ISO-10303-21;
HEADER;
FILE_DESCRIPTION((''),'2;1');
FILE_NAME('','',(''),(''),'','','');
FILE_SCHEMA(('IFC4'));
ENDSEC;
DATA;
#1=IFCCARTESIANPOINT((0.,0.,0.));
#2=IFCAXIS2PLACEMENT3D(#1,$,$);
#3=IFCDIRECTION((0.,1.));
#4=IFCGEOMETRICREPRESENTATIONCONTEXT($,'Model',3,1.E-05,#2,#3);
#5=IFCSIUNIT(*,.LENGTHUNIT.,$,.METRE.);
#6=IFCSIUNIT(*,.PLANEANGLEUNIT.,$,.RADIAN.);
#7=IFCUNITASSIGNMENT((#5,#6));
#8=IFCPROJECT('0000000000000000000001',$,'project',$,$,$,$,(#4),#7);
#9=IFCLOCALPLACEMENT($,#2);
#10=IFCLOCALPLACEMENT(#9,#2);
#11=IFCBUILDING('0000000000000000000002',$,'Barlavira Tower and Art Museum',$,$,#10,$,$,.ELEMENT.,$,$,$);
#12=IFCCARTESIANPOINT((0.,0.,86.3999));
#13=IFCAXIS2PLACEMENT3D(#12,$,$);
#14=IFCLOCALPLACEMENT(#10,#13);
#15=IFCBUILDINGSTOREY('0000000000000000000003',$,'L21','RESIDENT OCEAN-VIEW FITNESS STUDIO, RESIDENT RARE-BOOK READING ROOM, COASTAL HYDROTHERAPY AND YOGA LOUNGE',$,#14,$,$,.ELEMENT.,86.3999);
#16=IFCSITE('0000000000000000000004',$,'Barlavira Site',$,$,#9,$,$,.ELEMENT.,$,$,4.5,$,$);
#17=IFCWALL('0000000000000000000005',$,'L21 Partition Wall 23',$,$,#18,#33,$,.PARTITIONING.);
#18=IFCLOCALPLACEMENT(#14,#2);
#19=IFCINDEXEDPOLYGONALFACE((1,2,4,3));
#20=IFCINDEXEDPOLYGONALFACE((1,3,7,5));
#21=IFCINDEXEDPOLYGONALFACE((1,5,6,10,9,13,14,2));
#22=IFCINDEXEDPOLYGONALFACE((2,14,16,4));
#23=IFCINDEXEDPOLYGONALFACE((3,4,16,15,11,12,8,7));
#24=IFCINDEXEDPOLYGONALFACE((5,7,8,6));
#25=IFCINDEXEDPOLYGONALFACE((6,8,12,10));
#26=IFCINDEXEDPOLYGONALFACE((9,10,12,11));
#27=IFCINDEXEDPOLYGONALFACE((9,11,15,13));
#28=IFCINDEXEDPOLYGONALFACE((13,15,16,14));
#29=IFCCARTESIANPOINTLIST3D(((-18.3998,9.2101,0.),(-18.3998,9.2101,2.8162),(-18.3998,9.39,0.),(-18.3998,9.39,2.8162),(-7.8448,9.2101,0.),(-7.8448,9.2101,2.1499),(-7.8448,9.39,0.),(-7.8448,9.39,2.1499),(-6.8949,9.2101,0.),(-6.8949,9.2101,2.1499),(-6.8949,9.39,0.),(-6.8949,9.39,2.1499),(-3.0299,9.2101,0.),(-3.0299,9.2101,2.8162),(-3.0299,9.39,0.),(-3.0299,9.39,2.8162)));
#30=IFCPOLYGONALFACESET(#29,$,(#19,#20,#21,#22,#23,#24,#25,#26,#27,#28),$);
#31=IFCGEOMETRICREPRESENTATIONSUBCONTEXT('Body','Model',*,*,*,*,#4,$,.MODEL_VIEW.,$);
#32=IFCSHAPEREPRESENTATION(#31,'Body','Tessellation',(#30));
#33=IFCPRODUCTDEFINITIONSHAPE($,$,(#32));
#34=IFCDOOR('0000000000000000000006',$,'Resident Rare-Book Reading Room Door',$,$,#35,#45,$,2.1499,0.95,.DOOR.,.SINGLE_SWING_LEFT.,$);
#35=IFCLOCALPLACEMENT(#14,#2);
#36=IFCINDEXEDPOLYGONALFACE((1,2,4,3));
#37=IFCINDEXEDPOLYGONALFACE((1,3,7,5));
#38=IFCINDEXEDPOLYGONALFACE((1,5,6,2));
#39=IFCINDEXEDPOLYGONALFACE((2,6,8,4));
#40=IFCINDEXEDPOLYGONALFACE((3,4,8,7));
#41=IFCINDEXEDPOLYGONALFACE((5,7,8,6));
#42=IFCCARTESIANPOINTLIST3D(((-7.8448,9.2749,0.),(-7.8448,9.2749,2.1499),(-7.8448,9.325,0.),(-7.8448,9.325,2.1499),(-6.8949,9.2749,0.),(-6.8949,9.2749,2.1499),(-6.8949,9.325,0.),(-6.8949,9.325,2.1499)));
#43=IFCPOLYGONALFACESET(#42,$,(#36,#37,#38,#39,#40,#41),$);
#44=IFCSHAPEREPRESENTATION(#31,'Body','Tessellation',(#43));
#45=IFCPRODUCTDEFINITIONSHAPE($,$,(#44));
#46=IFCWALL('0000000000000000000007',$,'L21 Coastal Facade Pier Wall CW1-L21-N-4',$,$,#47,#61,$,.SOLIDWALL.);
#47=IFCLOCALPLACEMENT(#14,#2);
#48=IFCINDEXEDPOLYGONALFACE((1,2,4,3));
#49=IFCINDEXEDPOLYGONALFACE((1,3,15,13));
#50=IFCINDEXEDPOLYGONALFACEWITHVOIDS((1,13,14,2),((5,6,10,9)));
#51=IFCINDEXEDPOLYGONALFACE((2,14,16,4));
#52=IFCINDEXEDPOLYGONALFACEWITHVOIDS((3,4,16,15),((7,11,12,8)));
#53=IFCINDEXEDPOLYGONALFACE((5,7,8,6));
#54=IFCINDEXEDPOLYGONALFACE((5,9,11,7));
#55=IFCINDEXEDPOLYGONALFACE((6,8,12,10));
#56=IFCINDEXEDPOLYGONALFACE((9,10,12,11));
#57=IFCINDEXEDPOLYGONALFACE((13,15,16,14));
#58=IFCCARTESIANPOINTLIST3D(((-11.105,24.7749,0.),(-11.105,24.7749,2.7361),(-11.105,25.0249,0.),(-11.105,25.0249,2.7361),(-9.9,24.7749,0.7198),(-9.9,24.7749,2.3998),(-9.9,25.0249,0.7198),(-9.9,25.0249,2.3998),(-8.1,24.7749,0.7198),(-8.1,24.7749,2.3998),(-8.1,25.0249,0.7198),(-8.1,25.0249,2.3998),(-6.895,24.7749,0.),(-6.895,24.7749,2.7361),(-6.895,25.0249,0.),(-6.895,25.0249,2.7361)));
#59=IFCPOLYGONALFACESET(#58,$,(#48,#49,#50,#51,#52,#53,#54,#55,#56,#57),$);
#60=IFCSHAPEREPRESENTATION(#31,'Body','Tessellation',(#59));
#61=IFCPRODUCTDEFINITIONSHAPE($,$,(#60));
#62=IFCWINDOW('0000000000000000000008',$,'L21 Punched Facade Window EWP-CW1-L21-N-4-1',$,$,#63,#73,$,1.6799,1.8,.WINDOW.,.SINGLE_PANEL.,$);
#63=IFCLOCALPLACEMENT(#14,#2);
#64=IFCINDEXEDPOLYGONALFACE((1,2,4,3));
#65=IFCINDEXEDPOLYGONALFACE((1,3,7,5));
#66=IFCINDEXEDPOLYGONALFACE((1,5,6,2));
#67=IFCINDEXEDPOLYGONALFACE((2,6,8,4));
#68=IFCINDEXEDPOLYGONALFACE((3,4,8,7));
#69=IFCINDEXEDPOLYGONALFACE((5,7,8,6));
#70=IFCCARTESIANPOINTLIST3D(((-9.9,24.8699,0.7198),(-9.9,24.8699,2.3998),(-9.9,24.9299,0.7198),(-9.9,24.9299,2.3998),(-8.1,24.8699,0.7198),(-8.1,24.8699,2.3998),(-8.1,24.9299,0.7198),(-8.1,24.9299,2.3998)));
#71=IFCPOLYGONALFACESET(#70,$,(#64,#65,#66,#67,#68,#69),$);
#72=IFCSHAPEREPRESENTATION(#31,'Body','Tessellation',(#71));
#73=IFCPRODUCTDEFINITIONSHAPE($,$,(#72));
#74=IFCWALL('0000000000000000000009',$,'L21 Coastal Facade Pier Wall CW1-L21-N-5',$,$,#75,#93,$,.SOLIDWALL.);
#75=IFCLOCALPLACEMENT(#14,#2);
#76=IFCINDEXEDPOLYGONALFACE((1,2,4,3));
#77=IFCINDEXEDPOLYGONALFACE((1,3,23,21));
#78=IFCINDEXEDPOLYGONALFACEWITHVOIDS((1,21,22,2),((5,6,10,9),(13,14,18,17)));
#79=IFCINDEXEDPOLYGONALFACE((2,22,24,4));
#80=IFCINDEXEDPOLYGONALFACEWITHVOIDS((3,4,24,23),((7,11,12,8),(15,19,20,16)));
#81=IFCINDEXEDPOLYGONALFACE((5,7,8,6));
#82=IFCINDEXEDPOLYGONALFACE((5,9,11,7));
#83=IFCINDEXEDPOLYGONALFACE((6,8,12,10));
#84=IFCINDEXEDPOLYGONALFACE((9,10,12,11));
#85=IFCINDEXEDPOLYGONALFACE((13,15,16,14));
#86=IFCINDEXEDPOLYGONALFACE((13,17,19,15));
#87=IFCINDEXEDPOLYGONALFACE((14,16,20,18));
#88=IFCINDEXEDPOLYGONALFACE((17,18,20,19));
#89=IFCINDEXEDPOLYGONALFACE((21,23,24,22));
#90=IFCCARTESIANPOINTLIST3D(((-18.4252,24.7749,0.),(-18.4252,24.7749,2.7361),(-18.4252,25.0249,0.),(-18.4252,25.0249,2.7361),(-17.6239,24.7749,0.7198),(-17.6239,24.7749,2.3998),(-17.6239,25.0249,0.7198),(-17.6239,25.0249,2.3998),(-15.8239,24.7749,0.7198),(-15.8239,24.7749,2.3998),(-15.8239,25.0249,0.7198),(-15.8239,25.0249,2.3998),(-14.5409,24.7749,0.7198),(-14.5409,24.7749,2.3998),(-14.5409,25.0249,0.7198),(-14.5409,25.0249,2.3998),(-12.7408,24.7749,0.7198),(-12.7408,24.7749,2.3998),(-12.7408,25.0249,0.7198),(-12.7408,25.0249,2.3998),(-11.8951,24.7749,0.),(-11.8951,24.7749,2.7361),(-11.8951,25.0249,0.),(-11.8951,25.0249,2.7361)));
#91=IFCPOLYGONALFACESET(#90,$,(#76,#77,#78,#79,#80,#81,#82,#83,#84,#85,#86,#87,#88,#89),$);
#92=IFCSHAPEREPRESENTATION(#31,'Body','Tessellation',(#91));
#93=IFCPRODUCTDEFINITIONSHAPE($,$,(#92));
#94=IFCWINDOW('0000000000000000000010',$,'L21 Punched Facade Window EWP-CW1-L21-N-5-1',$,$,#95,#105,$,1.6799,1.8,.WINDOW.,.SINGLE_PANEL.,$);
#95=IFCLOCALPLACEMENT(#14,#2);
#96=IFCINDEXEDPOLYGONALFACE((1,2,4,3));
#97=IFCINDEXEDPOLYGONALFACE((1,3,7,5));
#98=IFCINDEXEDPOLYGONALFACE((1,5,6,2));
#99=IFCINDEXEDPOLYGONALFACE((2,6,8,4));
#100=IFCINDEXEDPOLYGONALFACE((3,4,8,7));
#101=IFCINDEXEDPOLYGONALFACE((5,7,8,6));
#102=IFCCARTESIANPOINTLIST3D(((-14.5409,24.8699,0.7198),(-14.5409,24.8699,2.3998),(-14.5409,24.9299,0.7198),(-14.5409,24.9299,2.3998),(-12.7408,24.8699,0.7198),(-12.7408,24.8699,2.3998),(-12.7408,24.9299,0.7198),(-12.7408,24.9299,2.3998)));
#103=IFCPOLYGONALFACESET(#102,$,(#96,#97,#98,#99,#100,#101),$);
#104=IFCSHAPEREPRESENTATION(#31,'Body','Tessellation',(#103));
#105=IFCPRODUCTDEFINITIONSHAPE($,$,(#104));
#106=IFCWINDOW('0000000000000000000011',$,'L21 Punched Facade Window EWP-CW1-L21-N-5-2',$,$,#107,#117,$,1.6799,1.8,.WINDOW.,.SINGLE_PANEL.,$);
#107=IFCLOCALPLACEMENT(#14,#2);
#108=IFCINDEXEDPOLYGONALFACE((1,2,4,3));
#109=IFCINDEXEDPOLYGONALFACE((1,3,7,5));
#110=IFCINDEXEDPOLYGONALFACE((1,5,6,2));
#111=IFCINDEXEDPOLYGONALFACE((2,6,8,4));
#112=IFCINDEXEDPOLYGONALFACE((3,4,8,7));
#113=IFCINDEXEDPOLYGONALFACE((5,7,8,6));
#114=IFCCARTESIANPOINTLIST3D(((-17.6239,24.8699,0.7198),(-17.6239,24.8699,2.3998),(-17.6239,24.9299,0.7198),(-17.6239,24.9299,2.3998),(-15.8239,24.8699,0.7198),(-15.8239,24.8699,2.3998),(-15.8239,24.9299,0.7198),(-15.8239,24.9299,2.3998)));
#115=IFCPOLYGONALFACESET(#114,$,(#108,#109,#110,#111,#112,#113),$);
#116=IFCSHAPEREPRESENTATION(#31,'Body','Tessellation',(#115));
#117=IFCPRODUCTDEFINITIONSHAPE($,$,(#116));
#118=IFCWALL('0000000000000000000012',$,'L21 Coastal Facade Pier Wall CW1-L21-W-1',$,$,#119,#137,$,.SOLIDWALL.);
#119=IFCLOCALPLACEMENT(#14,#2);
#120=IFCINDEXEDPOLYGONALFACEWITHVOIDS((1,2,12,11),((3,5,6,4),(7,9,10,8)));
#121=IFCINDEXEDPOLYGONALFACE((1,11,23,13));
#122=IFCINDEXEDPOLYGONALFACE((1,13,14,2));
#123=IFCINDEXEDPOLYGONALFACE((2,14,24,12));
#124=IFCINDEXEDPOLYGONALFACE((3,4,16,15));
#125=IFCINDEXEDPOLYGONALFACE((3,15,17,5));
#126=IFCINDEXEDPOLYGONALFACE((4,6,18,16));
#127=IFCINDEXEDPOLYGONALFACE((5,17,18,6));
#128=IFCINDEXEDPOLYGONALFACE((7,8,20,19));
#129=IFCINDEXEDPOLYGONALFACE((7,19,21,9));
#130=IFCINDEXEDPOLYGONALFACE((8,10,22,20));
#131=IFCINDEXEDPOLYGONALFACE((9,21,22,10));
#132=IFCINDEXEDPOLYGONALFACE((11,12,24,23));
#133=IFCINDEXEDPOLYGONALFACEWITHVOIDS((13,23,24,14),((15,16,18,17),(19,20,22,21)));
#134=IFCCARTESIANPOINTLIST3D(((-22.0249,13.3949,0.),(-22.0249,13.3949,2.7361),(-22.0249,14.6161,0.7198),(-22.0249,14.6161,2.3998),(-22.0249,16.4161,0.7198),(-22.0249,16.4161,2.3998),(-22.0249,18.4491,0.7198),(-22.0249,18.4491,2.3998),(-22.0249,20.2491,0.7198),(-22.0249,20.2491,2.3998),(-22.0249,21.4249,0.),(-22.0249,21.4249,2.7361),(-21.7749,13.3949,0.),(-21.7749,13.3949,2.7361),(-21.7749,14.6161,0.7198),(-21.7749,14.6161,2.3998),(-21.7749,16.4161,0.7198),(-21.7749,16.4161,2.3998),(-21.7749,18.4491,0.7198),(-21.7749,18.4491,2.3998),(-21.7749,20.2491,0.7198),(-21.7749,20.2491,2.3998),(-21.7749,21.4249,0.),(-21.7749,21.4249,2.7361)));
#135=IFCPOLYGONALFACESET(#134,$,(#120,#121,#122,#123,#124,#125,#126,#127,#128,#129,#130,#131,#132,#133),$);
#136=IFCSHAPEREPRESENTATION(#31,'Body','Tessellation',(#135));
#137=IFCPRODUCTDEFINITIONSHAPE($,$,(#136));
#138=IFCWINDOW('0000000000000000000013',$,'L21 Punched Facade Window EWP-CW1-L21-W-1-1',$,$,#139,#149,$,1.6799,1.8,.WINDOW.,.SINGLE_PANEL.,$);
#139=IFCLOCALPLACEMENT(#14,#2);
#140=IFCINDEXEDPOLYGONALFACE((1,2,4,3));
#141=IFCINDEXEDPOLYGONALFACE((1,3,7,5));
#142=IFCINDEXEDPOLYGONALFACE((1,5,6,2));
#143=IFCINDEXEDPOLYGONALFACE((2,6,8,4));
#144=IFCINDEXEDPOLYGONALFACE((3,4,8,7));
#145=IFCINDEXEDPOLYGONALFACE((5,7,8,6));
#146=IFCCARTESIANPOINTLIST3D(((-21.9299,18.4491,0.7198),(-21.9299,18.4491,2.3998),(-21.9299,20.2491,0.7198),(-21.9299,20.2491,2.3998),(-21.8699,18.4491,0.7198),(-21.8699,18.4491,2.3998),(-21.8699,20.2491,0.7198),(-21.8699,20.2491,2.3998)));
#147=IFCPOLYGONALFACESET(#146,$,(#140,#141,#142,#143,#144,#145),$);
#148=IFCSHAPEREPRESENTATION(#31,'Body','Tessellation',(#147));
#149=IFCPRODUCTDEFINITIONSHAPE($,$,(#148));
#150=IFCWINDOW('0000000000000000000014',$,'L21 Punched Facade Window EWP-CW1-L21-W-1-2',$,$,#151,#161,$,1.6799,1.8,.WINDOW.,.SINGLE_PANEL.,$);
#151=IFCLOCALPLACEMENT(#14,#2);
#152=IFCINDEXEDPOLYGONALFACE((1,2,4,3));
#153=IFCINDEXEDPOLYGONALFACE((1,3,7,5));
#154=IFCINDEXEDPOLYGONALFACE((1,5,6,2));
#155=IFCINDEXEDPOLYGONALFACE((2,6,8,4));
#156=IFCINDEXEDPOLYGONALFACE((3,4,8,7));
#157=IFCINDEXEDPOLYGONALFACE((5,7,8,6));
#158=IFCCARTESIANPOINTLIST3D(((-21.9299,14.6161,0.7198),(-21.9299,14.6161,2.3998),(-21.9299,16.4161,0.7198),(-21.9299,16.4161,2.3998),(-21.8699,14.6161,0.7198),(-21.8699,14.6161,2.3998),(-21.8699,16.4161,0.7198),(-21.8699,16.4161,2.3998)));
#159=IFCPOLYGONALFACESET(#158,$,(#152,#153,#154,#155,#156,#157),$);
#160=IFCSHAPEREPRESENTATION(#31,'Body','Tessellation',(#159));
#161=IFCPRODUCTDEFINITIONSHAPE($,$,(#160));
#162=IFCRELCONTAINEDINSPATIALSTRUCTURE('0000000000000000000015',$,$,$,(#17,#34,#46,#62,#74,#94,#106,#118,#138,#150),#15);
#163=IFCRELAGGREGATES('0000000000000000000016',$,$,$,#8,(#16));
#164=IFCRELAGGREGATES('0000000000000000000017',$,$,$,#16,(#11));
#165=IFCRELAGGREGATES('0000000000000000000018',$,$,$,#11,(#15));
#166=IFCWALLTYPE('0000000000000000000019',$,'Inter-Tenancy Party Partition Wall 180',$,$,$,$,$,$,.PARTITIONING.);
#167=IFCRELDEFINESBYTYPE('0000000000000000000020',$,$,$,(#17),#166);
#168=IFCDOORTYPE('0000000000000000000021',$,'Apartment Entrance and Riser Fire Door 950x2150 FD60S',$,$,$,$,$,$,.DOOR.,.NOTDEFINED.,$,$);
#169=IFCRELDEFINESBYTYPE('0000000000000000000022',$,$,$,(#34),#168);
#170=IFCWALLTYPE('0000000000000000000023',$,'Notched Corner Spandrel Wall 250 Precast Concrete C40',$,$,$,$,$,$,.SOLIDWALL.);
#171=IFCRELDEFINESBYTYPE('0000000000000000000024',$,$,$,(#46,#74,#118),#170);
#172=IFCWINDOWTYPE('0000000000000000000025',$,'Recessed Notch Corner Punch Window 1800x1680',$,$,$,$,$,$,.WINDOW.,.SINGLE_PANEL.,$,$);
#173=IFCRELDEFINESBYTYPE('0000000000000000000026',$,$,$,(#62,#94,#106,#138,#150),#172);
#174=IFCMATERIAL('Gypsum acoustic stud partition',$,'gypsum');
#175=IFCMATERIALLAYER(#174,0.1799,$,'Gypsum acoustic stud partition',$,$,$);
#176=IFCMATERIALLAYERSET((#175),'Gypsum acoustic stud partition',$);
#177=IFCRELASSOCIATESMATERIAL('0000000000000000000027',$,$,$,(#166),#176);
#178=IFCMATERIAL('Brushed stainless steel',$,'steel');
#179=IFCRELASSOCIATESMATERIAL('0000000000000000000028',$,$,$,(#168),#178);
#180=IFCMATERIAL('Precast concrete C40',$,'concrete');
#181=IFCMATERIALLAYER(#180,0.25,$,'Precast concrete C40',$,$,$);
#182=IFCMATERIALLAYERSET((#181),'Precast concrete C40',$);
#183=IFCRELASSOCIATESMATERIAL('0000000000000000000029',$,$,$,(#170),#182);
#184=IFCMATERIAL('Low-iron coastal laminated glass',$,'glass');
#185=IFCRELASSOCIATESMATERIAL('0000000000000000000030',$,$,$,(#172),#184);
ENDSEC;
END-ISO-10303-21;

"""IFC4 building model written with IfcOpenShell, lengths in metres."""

from ifc_helpers import new_model, si_unit, direction, frame, frame_2d, origin, place, context, subcontext, project, spatial, rectangle, extrude, material, layer, layer_set, type_object, element, fill, save


model = new_model("IFC4")

# Units and contexts
model_context = context("Model", 3, precision=1e-05, world=origin(), true_north=direction((0.0, 1.0)))
body_context = subcontext(model_context, "Body", "Model", "MODEL_VIEW")
ifc_project = project(units=[si_unit("LENGTHUNIT", "METRE"), si_unit("PLANEANGLEUNIT", "RADIAN")], contexts=[model_context])

# Site, building, storey
site_placement = place(None, origin())
site = spatial("IfcSite", under=ifc_project, at=site_placement, Name="Barlavira Site", CompositionType="ELEMENT", RefElevation=4.5)
building_placement = place(site_placement, origin())
building = spatial("IfcBuilding", under=site, at=building_placement, Name="Barlavira Tower and Art Museum", CompositionType="ELEMENT")
storey_placement = place(building_placement, frame((0.0, 0.0, 86.3999)))
storey = spatial("IfcBuildingStorey", under=building, at=storey_placement, Name="L21", Description="RESIDENT OCEAN-VIEW FITNESS STUDIO, RESIDENT RARE-BOOK READING ROOM, COASTAL HYDROTHERAPY AND YOGA LOUNGE", CompositionType="ELEMENT", Elevation=86.3999)

# Wall, opening, door
ifc_material_1 = material(Name="Brushed stainless steel", Category="steel")
ifc_material_2 = material(Name="Gypsum acoustic stud partition", Category="gypsum")
ifc_layer_1 = layer(ifc_material_2, 0.1799, Name="Gypsum acoustic stud partition")
ifc_layer_set_1 = layer_set([ifc_layer_1], Name="Gypsum acoustic stud partition")
wall_type_1 = type_object("IfcWallType", Name="Inter-Tenancy Party Partition Wall 180", PredefinedType="PARTITIONING", material=ifc_layer_set_1)
wall_1_placement = place(storey_placement, frame((-18.3999, 9.3, 0.0), z_axis=(0.0, 0.0, 1.0), x_axis=(1.0, 0.0, 0.0)))
wall_1 = element("IfcWall", 1, at=wall_1_placement, inside=storey, type_object=wall_type_1, Name="L21 Partition Wall 23", PredefinedType="PARTITIONING", context=body_context, shape_type="SweptSolid", body=[
    extrude(rectangle(XDim=15.3699, YDim=0.1799, at=frame_2d((7.6851, 0.0))), origin(), (0.0, 0.0, 1.0), 2.8162),
])
opening_1_placement = place(wall_1_placement, frame((10.5549, 0.0, 0.0)))
opening_1 = element("IfcOpeningElement", 2, at=opening_1_placement, cuts=wall_1, PredefinedType="OPENING", context=body_context, shape_type="SweptSolid", body=[
    extrude(rectangle(XDim=0.95, YDim=2.1499, at=frame_2d((0.4751, 1.075))), frame((0.0, 0.1001, 0.0), z_axis=(0.0, -1.0, 0.0), x_axis=(1.0, 0.0, 0.0)), (0.0, 0.0, 1.0), 0.2),
])
door_type_1 = type_object("IfcDoorType", Name="Apartment Entrance and Riser Fire Door 950x2150 FD60S", OperationType="NOTDEFINED", PredefinedType="DOOR", material=ifc_material_1)
door_1_placement = place(opening_1_placement, origin())
door_1 = element("IfcDoor", 3, at=door_1_placement, inside=storey, type_object=door_type_1, Name="Resident Rare-Book Reading Room Door", OperationType="SINGLE_SWING_LEFT", OverallHeight=2.1499, OverallWidth=0.95, PredefinedType="DOOR", context=body_context, shape_type="SweptSolid", body=[
    extrude(rectangle(XDim=0.95, YDim=2.1499, at=frame_2d((0.4751, 1.075))), frame((0.0, 0.0249, 0.0), z_axis=(0.0, -1.0, 0.0), x_axis=(1.0, 0.0, 0.0)), (0.0, 0.0, 1.0), 0.05),
])
fill(opening_1, door_1)

# Wall, opening, window
ifc_material_3 = material(Name="Precast concrete C40", Category="concrete")
ifc_layer_2 = layer(ifc_material_3, 0.25, Name="Precast concrete C40")
ifc_layer_set_2 = layer_set([ifc_layer_2], Name="Precast concrete C40")
wall_type_2 = type_object("IfcWallType", Name="Notched Corner Spandrel Wall 250 Precast Concrete C40", PredefinedType="SOLIDWALL", material=ifc_layer_set_2)
wall_2_placement = place(storey_placement, frame((-6.895, 24.8999, 0.0), z_axis=(0.0, 0.0, 1.0), x_axis=(-1.0, 0.0, 0.0)))
wall_2 = element("IfcWall", 4, at=wall_2_placement, inside=storey, type_object=wall_type_2, Name="L21 Coastal Facade Pier Wall CW1-L21-N-4", PredefinedType="SOLIDWALL", context=body_context, shape_type="SweptSolid", body=[
    extrude(rectangle(XDim=4.21, YDim=0.25, at=frame_2d((2.105, 0.0))), origin(), (0.0, 0.0, 1.0), 2.7361),
])
opening_2_placement = place(wall_2_placement, frame((1.2051, 0.0, 0.72)))
opening_2 = element("IfcOpeningElement", 5, at=opening_2_placement, cuts=wall_2, PredefinedType="OPENING", context=body_context, shape_type="SweptSolid", body=[
    extrude(rectangle(XDim=1.8, YDim=1.6799, at=frame_2d((0.8999, 0.8398))), frame((0.0, 0.135, 0.0), z_axis=(0.0, -1.0, 0.0), x_axis=(1.0, 0.0, 0.0)), (0.0, 0.0, 1.0), 0.27),
])
ifc_material_4 = material(Name="Low-iron coastal laminated glass", Category="glass")
window_type = type_object("IfcWindowType", Name="Recessed Notch Corner Punch Window 1800x1680", PartitioningType="SINGLE_PANEL", PredefinedType="WINDOW", material=ifc_material_4)
window_1_placement = place(opening_2_placement, origin())
window_1 = element("IfcWindow", 6, at=window_1_placement, inside=storey, type_object=window_type, Name="L21 Punched Facade Window EWP-CW1-L21-N-4-1", OverallHeight=1.6799, OverallWidth=1.8, PartitioningType="SINGLE_PANEL", PredefinedType="WINDOW", context=body_context, shape_type="SweptSolid", body=[
    extrude(rectangle(XDim=1.8, YDim=1.6799, at=frame_2d((0.8999, 0.8398))), frame((0.0, 0.03, 0.0), z_axis=(0.0, -1.0, 0.0), x_axis=(1.0, 0.0, 0.0)), (0.0, 0.0, 1.0), 0.0601),
])
fill(opening_2, window_1)

# Walls, openings, windows
wall_3_placement = place(storey_placement, frame((-11.895, 24.8999, 0.0), z_axis=(0.0, 0.0, 1.0), x_axis=(-1.0, 0.0, 0.0)))
wall_3 = element("IfcWall", 7, at=wall_3_placement, inside=storey, type_object=wall_type_2, Name="L21 Coastal Facade Pier Wall CW1-L21-N-5", PredefinedType="SOLIDWALL", context=body_context, shape_type="SweptSolid", body=[
    extrude(rectangle(XDim=6.53, YDim=0.25, at=frame_2d((3.2651, 0.0))), origin(), (0.0, 0.0, 1.0), 2.7361),
])
opening_3_placement = place(wall_3_placement, frame((0.8459, 0.0, 0.72)))
opening_3 = element("IfcOpeningElement", 8, at=opening_3_placement, cuts=wall_3, PredefinedType="OPENING", context=body_context, shape_type="SweptSolid", body=[
    extrude(rectangle(XDim=1.8, YDim=1.6799, at=frame_2d((0.8999, 0.8398))), frame((0.0, 0.135, 0.0), z_axis=(0.0, -1.0, 0.0), x_axis=(1.0, 0.0, 0.0)), (0.0, 0.0, 1.0), 0.27),
])
opening_4_placement = place(wall_3_placement, frame((3.929, 0.0, 0.72)))
opening_4 = element("IfcOpeningElement", 9, at=opening_4_placement, cuts=wall_3, PredefinedType="OPENING", context=body_context, shape_type="SweptSolid", body=[
    extrude(rectangle(XDim=1.8, YDim=1.6799, at=frame_2d((0.8999, 0.8398))), frame((0.0, 0.135, 0.0), z_axis=(0.0, -1.0, 0.0), x_axis=(1.0, 0.0, 0.0)), (0.0, 0.0, 1.0), 0.27),
])
window_2_placement = place(opening_3_placement, origin())
window_2 = element("IfcWindow", 10, at=window_2_placement, inside=storey, type_object=window_type, Name="L21 Punched Facade Window EWP-CW1-L21-N-5-1", OverallHeight=1.6799, OverallWidth=1.8, PartitioningType="SINGLE_PANEL", PredefinedType="WINDOW", context=body_context, shape_type="SweptSolid", body=[
    extrude(rectangle(XDim=1.8, YDim=1.6799, at=frame_2d((0.8999, 0.8398))), frame((0.0, 0.03, 0.0), z_axis=(0.0, -1.0, 0.0), x_axis=(1.0, 0.0, 0.0)), (0.0, 0.0, 1.0), 0.0601),
])
fill(opening_3, window_2)
window_3_placement = place(opening_4_placement, origin())
window_3 = element("IfcWindow", 11, at=window_3_placement, inside=storey, type_object=window_type, Name="L21 Punched Facade Window EWP-CW1-L21-N-5-2", OverallHeight=1.6799, OverallWidth=1.8, PartitioningType="SINGLE_PANEL", PredefinedType="WINDOW", context=body_context, shape_type="SweptSolid", body=[
    extrude(rectangle(XDim=1.8, YDim=1.6799, at=frame_2d((0.8999, 0.8398))), frame((0.0, 0.03, 0.0), z_axis=(0.0, -1.0, 0.0), x_axis=(1.0, 0.0, 0.0)), (0.0, 0.0, 1.0), 0.0601),
])
fill(opening_4, window_3)
wall_4_placement = place(storey_placement, frame((-21.8999, 21.425, 0.0), z_axis=(0.0, 0.0, 1.0), x_axis=(0.0, -1.0, 0.0)))
wall_4 = element("IfcWall", 12, at=wall_4_placement, inside=storey, type_object=wall_type_2, Name="L21 Coastal Facade Pier Wall CW1-L21-W-1", PredefinedType="SOLIDWALL", context=body_context, shape_type="SweptSolid", body=[
    extrude(rectangle(XDim=8.03, YDim=0.25, at=frame_2d((4.0151, 0.0))), origin(), (0.0, 0.0, 1.0), 2.7361),
])
opening_5_placement = place(wall_4_placement, frame((1.176, 0.0, 0.72)))
opening_5 = element("IfcOpeningElement", 13, at=opening_5_placement, cuts=wall_4, PredefinedType="OPENING", context=body_context, shape_type="SweptSolid", body=[
    extrude(rectangle(XDim=1.8, YDim=1.6799, at=frame_2d((0.8999, 0.8398))), frame((0.0, 0.135, 0.0), z_axis=(0.0, -1.0, 0.0), x_axis=(1.0, 0.0, 0.0)), (0.0, 0.0, 1.0), 0.27),
])
opening_6_placement = place(wall_4_placement, frame((5.009, 0.0, 0.72)))
opening_6 = element("IfcOpeningElement", 14, at=opening_6_placement, cuts=wall_4, PredefinedType="OPENING", context=body_context, shape_type="SweptSolid", body=[
    extrude(rectangle(XDim=1.8, YDim=1.6799, at=frame_2d((0.8999, 0.8398))), frame((0.0, 0.135, 0.0), z_axis=(0.0, -1.0, 0.0), x_axis=(1.0, 0.0, 0.0)), (0.0, 0.0, 1.0), 0.27),
])
window_4_placement = place(opening_5_placement, origin())
window_4 = element("IfcWindow", 15, at=window_4_placement, inside=storey, type_object=window_type, Name="L21 Punched Facade Window EWP-CW1-L21-W-1-1", OverallHeight=1.6799, OverallWidth=1.8, PartitioningType="SINGLE_PANEL", PredefinedType="WINDOW", context=body_context, shape_type="SweptSolid", body=[
    extrude(rectangle(XDim=1.8, YDim=1.6799, at=frame_2d((0.8999, 0.8398))), frame((0.0, 0.03, 0.0), z_axis=(0.0, -1.0, 0.0), x_axis=(1.0, 0.0, 0.0)), (0.0, 0.0, 1.0), 0.0601),
])
fill(opening_5, window_4)
window_5_placement = place(opening_6_placement, origin())
window_5 = element("IfcWindow", 16, at=window_5_placement, inside=storey, type_object=window_type, Name="L21 Punched Facade Window EWP-CW1-L21-W-1-2", OverallHeight=1.6799, OverallWidth=1.8, PartitioningType="SINGLE_PANEL", PredefinedType="WINDOW", context=body_context, shape_type="SweptSolid", body=[
    extrude(rectangle(XDim=1.8, YDim=1.6799, at=frame_2d((0.8999, 0.8398))), frame((0.0, 0.03, 0.0), z_axis=(0.0, -1.0, 0.0), x_axis=(1.0, 0.0, 0.0)), (0.0, 0.0, 1.0), 0.0601),
])
fill(opening_6, window_5)

save(model, "model.ifc")
